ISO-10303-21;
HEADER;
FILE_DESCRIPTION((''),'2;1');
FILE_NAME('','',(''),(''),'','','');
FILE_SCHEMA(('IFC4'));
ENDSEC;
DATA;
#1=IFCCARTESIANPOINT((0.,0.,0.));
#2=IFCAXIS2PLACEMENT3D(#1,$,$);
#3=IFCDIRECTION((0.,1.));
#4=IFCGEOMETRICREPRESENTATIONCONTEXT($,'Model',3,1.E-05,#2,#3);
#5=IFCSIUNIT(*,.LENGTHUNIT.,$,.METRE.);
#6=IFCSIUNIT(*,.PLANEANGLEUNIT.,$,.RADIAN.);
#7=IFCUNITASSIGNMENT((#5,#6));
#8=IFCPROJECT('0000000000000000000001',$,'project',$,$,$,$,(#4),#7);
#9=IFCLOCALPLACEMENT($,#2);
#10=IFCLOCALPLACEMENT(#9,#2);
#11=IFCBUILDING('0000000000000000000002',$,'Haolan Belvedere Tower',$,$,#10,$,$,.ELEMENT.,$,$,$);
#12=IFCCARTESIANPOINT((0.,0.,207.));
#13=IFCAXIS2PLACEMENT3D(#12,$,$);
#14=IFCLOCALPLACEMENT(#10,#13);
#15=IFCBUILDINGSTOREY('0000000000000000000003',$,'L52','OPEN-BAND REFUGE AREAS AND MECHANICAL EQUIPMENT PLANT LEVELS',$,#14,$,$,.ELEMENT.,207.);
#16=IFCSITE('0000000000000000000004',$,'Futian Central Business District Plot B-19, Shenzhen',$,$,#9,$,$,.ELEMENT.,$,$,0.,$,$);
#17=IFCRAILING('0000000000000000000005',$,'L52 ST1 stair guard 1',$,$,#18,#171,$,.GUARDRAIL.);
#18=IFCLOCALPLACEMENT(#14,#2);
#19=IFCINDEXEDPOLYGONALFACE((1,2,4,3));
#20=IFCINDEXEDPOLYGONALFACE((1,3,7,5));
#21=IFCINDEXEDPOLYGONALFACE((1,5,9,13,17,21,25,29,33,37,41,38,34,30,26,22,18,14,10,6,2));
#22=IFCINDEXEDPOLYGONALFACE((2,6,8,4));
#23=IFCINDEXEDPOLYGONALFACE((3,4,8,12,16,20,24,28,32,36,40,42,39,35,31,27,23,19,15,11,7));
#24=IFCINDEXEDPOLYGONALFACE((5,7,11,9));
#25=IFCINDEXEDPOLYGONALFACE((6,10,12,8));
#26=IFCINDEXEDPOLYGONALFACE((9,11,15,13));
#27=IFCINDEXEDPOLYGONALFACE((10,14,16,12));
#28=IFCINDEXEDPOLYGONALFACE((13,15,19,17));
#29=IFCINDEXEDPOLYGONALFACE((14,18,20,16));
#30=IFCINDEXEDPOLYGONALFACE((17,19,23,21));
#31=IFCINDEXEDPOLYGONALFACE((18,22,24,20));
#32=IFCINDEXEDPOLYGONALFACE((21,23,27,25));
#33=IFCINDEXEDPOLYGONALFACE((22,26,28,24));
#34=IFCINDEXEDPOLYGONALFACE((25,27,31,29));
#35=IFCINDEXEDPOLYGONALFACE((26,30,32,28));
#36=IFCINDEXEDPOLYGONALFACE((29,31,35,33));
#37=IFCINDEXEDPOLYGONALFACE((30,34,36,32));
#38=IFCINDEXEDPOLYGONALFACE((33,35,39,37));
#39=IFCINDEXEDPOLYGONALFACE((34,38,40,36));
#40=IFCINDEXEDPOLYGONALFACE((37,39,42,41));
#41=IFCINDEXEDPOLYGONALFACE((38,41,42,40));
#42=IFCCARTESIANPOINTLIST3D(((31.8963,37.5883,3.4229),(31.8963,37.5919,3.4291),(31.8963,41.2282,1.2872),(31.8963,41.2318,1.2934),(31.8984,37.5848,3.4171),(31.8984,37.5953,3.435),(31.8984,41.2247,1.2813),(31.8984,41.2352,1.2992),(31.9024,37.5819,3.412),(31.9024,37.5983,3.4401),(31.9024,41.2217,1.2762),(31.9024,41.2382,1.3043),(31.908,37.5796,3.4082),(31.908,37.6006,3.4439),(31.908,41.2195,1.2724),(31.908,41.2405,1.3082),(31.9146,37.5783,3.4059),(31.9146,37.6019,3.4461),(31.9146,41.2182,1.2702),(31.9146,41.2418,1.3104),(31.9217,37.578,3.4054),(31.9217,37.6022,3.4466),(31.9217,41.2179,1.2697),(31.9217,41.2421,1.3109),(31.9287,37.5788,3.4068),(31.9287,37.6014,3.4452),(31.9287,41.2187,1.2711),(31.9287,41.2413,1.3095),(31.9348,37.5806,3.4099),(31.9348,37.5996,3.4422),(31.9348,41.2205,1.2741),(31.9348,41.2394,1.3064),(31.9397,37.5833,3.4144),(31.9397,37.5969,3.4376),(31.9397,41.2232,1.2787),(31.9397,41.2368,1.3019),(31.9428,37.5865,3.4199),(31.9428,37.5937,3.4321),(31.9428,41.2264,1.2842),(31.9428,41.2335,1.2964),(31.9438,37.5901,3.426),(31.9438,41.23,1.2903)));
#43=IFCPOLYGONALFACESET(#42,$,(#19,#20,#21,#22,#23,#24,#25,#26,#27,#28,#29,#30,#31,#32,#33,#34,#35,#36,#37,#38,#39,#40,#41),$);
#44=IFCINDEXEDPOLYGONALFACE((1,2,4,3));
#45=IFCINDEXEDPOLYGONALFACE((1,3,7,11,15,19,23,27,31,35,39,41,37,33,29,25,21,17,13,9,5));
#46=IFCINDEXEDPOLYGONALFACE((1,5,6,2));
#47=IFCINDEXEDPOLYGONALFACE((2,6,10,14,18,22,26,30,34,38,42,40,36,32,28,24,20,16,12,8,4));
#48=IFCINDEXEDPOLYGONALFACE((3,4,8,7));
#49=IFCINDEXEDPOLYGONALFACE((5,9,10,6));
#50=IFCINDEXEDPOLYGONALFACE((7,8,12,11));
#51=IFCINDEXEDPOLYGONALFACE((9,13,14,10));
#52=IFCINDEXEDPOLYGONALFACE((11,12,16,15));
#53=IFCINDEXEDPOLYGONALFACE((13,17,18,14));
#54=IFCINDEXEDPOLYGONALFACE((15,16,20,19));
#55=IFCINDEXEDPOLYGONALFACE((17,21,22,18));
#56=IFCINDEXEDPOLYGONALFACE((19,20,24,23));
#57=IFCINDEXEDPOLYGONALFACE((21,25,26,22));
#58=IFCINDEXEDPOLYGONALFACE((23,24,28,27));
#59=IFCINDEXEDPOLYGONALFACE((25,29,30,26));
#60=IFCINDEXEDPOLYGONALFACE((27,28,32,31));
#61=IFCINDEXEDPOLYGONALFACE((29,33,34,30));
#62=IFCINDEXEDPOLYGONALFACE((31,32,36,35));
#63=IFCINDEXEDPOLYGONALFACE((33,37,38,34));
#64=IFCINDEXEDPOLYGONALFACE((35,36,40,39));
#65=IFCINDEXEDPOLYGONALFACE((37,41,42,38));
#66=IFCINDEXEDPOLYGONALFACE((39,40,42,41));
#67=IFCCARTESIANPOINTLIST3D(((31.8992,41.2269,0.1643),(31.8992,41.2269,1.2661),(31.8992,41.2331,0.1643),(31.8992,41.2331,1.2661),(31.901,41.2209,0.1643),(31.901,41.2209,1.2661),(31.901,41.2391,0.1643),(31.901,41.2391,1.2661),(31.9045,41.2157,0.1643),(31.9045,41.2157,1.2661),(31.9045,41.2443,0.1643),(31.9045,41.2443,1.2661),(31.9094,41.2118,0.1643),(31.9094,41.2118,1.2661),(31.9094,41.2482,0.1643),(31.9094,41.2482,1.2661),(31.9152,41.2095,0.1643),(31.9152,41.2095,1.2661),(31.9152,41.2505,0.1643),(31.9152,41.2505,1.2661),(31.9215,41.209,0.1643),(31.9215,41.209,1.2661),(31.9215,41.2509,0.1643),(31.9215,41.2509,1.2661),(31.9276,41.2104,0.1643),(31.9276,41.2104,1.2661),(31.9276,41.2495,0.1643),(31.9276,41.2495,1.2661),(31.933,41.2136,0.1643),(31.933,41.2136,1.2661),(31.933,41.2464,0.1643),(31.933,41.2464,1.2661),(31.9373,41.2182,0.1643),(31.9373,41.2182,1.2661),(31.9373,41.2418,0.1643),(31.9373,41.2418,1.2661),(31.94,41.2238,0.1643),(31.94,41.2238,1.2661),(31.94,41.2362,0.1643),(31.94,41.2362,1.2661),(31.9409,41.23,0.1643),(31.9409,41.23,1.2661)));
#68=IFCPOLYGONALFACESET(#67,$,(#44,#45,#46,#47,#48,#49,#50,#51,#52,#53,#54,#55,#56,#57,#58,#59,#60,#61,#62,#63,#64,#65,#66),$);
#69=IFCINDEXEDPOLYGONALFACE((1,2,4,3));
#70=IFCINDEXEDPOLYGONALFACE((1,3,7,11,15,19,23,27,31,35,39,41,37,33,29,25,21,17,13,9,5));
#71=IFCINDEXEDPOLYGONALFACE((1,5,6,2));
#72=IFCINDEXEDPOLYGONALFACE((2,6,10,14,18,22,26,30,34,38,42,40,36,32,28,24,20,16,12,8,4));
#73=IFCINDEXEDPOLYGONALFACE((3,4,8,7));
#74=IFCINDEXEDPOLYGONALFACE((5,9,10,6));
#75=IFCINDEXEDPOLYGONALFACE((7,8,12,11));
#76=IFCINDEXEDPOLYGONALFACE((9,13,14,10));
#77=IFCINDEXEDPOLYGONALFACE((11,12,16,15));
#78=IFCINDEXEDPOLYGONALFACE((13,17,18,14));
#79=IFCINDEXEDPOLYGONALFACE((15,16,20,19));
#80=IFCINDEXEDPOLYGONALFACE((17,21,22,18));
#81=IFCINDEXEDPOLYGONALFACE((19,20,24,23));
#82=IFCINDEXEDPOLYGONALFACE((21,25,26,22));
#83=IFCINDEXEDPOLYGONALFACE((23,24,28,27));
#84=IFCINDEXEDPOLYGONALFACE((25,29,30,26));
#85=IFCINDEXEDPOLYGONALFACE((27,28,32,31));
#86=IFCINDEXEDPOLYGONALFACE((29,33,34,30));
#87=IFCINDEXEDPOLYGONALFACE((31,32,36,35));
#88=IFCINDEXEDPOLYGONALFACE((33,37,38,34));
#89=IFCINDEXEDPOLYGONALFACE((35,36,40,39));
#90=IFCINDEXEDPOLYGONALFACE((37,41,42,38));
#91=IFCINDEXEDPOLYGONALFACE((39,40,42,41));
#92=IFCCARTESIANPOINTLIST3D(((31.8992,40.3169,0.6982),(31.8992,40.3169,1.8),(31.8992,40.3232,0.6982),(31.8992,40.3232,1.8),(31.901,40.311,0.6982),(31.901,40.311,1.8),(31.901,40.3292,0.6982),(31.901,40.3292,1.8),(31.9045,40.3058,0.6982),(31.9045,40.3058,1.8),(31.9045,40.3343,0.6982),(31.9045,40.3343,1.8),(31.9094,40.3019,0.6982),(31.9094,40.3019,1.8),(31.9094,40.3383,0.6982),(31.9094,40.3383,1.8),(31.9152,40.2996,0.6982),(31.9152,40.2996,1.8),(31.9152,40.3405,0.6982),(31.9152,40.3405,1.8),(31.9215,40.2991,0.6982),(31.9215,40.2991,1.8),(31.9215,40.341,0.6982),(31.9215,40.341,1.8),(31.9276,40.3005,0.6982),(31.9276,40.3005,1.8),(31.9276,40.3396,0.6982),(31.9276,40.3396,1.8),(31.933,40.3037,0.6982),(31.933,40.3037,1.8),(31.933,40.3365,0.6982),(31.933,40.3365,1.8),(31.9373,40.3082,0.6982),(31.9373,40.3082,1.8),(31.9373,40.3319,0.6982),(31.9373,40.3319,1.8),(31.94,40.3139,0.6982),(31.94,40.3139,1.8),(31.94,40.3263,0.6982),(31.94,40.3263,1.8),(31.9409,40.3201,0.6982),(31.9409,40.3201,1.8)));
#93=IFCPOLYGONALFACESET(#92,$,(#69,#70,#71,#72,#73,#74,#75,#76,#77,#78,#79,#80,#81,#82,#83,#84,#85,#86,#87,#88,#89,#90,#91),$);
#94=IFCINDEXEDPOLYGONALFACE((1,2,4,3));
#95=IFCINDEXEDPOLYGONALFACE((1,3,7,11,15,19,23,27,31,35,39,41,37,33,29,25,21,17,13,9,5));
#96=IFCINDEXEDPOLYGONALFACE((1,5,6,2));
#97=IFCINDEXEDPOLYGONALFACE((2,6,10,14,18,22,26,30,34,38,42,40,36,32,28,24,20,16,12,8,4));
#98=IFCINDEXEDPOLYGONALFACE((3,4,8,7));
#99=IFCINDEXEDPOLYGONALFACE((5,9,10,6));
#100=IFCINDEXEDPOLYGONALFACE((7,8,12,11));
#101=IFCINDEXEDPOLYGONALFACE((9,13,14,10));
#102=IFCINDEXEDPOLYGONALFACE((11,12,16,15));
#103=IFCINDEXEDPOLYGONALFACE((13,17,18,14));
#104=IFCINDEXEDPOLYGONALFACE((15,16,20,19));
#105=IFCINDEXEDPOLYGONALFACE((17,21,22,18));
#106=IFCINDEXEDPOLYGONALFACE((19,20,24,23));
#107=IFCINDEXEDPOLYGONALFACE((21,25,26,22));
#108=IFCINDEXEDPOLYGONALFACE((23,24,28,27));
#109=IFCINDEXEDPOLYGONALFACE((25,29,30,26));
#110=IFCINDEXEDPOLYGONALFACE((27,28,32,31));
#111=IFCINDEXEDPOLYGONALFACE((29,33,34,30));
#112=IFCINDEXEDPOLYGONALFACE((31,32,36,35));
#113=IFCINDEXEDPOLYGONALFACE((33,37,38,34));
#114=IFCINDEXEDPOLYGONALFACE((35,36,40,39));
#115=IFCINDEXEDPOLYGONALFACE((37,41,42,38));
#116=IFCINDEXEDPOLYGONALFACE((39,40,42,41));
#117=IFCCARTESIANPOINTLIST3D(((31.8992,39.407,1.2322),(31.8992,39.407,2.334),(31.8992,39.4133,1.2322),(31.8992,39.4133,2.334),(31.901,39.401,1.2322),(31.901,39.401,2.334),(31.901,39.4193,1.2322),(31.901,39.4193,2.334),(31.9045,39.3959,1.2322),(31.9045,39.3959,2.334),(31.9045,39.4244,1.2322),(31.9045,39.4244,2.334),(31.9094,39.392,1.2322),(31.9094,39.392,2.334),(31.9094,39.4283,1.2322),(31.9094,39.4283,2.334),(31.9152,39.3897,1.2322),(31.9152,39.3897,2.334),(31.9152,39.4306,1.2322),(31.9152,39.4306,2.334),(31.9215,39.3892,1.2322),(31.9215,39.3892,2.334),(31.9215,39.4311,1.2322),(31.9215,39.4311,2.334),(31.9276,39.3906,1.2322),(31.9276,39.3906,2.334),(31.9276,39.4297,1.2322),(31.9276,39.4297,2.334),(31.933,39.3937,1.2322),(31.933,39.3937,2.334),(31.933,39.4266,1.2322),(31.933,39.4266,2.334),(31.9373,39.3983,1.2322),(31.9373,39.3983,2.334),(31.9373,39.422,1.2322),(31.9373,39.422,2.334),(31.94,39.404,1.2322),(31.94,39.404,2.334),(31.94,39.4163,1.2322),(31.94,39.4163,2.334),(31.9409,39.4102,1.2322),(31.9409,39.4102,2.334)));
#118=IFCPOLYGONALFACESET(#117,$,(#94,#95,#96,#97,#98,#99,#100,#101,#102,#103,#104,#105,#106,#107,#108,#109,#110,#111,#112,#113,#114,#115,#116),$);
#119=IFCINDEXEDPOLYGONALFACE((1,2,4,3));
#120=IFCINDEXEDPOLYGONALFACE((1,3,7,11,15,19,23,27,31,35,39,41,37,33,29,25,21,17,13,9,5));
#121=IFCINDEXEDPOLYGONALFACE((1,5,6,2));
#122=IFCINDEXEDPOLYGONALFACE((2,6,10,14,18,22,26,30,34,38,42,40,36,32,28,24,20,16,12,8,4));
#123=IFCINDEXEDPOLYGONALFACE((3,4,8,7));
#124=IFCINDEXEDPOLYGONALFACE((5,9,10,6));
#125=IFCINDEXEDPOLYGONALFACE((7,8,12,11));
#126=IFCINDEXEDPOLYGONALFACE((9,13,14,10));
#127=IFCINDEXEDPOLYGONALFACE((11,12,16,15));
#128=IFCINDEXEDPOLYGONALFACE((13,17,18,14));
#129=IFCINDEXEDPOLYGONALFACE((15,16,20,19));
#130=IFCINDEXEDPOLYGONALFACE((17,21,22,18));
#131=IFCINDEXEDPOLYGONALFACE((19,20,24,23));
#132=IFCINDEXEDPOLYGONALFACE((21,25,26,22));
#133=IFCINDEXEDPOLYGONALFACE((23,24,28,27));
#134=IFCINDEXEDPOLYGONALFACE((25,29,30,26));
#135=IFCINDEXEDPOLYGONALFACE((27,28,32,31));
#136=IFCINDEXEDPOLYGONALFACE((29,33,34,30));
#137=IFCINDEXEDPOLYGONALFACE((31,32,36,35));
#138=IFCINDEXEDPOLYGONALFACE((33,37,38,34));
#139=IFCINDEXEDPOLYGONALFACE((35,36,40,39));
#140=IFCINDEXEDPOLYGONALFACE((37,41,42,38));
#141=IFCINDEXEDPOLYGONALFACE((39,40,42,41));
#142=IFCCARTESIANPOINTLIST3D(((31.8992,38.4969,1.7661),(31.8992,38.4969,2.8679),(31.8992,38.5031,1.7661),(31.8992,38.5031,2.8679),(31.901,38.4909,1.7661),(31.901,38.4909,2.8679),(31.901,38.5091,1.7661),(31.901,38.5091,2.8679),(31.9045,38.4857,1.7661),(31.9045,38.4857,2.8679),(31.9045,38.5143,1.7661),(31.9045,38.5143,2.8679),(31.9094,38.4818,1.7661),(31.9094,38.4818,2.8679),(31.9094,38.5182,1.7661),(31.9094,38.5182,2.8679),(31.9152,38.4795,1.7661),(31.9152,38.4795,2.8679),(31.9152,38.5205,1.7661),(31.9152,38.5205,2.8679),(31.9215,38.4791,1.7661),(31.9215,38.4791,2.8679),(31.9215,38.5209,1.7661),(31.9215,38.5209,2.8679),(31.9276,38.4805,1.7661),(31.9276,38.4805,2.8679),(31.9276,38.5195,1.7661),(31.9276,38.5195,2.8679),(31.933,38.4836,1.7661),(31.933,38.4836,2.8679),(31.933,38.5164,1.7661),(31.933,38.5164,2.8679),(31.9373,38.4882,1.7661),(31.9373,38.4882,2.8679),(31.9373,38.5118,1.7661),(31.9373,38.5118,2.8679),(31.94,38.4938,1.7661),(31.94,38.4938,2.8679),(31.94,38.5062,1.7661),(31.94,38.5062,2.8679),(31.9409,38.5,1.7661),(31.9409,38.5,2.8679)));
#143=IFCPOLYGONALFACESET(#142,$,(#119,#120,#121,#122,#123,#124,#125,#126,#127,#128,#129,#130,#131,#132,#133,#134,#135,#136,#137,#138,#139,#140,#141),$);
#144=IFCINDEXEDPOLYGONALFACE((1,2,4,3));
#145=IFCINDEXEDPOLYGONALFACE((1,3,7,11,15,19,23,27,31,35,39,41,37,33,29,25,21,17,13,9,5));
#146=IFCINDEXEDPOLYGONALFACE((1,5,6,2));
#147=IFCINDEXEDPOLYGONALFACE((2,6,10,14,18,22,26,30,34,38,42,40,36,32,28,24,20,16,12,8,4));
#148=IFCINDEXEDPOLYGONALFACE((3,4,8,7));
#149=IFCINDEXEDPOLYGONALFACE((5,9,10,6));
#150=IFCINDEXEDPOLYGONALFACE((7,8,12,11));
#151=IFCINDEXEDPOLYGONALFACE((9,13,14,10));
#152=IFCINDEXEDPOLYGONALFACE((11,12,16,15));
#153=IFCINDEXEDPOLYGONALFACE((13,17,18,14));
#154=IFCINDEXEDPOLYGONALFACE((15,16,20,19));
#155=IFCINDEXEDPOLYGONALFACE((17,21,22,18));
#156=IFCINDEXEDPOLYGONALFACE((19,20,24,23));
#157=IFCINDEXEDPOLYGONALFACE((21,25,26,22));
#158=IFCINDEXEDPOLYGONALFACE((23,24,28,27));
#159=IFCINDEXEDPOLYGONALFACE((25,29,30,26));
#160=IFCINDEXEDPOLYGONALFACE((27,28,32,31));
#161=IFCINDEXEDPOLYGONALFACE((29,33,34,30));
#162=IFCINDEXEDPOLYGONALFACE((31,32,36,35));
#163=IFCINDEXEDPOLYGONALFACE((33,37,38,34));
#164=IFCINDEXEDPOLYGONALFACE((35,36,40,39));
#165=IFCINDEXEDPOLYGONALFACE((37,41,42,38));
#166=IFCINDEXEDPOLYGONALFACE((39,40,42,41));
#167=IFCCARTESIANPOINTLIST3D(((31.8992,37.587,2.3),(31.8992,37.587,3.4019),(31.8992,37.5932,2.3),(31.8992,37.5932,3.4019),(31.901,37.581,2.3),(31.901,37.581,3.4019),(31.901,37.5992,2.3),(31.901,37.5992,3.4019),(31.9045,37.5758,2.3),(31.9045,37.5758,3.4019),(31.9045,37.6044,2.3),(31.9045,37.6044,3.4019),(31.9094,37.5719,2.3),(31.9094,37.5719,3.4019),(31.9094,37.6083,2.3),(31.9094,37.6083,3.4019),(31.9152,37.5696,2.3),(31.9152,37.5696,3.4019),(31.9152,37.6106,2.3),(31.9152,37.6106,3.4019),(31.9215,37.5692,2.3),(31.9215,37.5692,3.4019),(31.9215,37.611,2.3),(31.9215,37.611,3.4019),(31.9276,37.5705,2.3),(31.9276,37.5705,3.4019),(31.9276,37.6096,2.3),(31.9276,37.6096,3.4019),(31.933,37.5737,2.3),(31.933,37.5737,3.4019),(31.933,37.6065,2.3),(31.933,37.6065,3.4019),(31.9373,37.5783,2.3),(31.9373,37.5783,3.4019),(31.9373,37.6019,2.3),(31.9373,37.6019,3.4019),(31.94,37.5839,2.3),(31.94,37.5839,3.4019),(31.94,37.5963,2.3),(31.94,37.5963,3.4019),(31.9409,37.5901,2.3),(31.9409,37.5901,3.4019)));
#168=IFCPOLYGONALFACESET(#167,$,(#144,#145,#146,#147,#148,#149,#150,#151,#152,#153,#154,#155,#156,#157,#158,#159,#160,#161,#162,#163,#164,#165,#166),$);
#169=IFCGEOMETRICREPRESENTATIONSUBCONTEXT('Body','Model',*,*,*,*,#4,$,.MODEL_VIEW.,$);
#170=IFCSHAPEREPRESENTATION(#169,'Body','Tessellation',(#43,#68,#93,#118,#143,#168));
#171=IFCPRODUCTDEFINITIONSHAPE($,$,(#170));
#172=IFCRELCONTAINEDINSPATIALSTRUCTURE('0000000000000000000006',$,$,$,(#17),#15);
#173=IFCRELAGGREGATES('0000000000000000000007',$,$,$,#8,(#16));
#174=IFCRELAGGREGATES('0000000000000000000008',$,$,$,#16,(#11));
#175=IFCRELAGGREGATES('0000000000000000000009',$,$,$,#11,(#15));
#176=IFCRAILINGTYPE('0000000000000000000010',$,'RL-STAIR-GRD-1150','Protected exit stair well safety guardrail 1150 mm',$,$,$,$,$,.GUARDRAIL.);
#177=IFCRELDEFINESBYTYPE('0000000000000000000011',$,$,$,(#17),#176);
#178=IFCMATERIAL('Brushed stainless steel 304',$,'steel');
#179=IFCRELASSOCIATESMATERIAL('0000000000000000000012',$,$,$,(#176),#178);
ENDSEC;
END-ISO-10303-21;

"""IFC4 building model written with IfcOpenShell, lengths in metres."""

from ifc_helpers import new_model, si_unit, direction, frame, origin, origin_2d, place, context, subcontext, project, spatial, circle, extrude, material, type_object, element, save


model = new_model("IFC4")

# Units and contexts
model_context = context("Model", 3, precision=1e-05, world=origin(), true_north=direction((0.0, 1.0)))
body_context = subcontext(model_context, "Body", "Model", "MODEL_VIEW")
ifc_project = project(units=[si_unit("LENGTHUNIT", "METRE"), si_unit("PLANEANGLEUNIT", "RADIAN")], contexts=[model_context])

# Site, building, storey
site_placement = place(None, origin())
site = spatial("IfcSite", under=ifc_project, at=site_placement, Name="Futian Central Business District Plot B-19, Shenzhen", CompositionType="ELEMENT", RefElevation=0.0)
building_placement = place(site_placement, origin())
building = spatial("IfcBuilding", under=site, at=building_placement, Name="Haolan Belvedere Tower", CompositionType="ELEMENT")
storey_placement = place(building_placement, frame((0.0, 0.0, 207.0)))
storey = spatial("IfcBuildingStorey", under=building, at=storey_placement, Name="L52", Description="OPEN-BAND REFUGE AREAS AND MECHANICAL EQUIPMENT PLANT LEVELS", CompositionType="ELEMENT", Elevation=207.0)

# Railing
ifc_material_1 = material(Name="Brushed stainless steel 304", Category="steel")
railing_type_1 = type_object("IfcRailingType", Name="RL-STAIR-GRD-1150", Description="Protected exit stair well safety guardrail 1150 mm", PredefinedType="GUARDRAIL", material=ifc_material_1)
railing_1_placement = place(storey_placement, frame((31.9199, 41.23, 0.1643)))
element("IfcRailing", 1, at=railing_1_placement, inside=storey, type_object=railing_type_1, Name="L52 ST1 stair guard 1", PredefinedType="GUARDRAIL", context=body_context, shape_type="SweptSolid", body=[
    extrude(circle(Radius=0.0239, at=origin_2d()), frame((0.0, 0.0, 1.126), z_axis=(0.0, -0.86249, 0.506074), x_axis=(1.0, 0.0, 0.0)), (0.0, 0.0, 1.0), 4.2202),
    extrude(circle(Radius=0.021, at=origin_2d()), origin(), (0.0, 0.0, 1.0), 1.1018),
    extrude(circle(Radius=0.021, at=origin_2d()), frame((0.0, -0.9099, 0.5339)), (0.0, 0.0, 1.0), 1.1018),
    extrude(circle(Radius=0.021, at=origin_2d()), frame((0.0, -1.8198, 1.0679)), (0.0, 0.0, 1.0), 1.1018),
    extrude(circle(Radius=0.021, at=origin_2d()), frame((0.0, -2.73, 1.6018)), (0.0, 0.0, 1.0), 1.1018),
    extrude(circle(Radius=0.021, at=origin_2d()), frame((0.0, -3.6399, 2.1357)), (0.0, 0.0, 1.0), 1.1018),
])

save(model, "model.ifc")
